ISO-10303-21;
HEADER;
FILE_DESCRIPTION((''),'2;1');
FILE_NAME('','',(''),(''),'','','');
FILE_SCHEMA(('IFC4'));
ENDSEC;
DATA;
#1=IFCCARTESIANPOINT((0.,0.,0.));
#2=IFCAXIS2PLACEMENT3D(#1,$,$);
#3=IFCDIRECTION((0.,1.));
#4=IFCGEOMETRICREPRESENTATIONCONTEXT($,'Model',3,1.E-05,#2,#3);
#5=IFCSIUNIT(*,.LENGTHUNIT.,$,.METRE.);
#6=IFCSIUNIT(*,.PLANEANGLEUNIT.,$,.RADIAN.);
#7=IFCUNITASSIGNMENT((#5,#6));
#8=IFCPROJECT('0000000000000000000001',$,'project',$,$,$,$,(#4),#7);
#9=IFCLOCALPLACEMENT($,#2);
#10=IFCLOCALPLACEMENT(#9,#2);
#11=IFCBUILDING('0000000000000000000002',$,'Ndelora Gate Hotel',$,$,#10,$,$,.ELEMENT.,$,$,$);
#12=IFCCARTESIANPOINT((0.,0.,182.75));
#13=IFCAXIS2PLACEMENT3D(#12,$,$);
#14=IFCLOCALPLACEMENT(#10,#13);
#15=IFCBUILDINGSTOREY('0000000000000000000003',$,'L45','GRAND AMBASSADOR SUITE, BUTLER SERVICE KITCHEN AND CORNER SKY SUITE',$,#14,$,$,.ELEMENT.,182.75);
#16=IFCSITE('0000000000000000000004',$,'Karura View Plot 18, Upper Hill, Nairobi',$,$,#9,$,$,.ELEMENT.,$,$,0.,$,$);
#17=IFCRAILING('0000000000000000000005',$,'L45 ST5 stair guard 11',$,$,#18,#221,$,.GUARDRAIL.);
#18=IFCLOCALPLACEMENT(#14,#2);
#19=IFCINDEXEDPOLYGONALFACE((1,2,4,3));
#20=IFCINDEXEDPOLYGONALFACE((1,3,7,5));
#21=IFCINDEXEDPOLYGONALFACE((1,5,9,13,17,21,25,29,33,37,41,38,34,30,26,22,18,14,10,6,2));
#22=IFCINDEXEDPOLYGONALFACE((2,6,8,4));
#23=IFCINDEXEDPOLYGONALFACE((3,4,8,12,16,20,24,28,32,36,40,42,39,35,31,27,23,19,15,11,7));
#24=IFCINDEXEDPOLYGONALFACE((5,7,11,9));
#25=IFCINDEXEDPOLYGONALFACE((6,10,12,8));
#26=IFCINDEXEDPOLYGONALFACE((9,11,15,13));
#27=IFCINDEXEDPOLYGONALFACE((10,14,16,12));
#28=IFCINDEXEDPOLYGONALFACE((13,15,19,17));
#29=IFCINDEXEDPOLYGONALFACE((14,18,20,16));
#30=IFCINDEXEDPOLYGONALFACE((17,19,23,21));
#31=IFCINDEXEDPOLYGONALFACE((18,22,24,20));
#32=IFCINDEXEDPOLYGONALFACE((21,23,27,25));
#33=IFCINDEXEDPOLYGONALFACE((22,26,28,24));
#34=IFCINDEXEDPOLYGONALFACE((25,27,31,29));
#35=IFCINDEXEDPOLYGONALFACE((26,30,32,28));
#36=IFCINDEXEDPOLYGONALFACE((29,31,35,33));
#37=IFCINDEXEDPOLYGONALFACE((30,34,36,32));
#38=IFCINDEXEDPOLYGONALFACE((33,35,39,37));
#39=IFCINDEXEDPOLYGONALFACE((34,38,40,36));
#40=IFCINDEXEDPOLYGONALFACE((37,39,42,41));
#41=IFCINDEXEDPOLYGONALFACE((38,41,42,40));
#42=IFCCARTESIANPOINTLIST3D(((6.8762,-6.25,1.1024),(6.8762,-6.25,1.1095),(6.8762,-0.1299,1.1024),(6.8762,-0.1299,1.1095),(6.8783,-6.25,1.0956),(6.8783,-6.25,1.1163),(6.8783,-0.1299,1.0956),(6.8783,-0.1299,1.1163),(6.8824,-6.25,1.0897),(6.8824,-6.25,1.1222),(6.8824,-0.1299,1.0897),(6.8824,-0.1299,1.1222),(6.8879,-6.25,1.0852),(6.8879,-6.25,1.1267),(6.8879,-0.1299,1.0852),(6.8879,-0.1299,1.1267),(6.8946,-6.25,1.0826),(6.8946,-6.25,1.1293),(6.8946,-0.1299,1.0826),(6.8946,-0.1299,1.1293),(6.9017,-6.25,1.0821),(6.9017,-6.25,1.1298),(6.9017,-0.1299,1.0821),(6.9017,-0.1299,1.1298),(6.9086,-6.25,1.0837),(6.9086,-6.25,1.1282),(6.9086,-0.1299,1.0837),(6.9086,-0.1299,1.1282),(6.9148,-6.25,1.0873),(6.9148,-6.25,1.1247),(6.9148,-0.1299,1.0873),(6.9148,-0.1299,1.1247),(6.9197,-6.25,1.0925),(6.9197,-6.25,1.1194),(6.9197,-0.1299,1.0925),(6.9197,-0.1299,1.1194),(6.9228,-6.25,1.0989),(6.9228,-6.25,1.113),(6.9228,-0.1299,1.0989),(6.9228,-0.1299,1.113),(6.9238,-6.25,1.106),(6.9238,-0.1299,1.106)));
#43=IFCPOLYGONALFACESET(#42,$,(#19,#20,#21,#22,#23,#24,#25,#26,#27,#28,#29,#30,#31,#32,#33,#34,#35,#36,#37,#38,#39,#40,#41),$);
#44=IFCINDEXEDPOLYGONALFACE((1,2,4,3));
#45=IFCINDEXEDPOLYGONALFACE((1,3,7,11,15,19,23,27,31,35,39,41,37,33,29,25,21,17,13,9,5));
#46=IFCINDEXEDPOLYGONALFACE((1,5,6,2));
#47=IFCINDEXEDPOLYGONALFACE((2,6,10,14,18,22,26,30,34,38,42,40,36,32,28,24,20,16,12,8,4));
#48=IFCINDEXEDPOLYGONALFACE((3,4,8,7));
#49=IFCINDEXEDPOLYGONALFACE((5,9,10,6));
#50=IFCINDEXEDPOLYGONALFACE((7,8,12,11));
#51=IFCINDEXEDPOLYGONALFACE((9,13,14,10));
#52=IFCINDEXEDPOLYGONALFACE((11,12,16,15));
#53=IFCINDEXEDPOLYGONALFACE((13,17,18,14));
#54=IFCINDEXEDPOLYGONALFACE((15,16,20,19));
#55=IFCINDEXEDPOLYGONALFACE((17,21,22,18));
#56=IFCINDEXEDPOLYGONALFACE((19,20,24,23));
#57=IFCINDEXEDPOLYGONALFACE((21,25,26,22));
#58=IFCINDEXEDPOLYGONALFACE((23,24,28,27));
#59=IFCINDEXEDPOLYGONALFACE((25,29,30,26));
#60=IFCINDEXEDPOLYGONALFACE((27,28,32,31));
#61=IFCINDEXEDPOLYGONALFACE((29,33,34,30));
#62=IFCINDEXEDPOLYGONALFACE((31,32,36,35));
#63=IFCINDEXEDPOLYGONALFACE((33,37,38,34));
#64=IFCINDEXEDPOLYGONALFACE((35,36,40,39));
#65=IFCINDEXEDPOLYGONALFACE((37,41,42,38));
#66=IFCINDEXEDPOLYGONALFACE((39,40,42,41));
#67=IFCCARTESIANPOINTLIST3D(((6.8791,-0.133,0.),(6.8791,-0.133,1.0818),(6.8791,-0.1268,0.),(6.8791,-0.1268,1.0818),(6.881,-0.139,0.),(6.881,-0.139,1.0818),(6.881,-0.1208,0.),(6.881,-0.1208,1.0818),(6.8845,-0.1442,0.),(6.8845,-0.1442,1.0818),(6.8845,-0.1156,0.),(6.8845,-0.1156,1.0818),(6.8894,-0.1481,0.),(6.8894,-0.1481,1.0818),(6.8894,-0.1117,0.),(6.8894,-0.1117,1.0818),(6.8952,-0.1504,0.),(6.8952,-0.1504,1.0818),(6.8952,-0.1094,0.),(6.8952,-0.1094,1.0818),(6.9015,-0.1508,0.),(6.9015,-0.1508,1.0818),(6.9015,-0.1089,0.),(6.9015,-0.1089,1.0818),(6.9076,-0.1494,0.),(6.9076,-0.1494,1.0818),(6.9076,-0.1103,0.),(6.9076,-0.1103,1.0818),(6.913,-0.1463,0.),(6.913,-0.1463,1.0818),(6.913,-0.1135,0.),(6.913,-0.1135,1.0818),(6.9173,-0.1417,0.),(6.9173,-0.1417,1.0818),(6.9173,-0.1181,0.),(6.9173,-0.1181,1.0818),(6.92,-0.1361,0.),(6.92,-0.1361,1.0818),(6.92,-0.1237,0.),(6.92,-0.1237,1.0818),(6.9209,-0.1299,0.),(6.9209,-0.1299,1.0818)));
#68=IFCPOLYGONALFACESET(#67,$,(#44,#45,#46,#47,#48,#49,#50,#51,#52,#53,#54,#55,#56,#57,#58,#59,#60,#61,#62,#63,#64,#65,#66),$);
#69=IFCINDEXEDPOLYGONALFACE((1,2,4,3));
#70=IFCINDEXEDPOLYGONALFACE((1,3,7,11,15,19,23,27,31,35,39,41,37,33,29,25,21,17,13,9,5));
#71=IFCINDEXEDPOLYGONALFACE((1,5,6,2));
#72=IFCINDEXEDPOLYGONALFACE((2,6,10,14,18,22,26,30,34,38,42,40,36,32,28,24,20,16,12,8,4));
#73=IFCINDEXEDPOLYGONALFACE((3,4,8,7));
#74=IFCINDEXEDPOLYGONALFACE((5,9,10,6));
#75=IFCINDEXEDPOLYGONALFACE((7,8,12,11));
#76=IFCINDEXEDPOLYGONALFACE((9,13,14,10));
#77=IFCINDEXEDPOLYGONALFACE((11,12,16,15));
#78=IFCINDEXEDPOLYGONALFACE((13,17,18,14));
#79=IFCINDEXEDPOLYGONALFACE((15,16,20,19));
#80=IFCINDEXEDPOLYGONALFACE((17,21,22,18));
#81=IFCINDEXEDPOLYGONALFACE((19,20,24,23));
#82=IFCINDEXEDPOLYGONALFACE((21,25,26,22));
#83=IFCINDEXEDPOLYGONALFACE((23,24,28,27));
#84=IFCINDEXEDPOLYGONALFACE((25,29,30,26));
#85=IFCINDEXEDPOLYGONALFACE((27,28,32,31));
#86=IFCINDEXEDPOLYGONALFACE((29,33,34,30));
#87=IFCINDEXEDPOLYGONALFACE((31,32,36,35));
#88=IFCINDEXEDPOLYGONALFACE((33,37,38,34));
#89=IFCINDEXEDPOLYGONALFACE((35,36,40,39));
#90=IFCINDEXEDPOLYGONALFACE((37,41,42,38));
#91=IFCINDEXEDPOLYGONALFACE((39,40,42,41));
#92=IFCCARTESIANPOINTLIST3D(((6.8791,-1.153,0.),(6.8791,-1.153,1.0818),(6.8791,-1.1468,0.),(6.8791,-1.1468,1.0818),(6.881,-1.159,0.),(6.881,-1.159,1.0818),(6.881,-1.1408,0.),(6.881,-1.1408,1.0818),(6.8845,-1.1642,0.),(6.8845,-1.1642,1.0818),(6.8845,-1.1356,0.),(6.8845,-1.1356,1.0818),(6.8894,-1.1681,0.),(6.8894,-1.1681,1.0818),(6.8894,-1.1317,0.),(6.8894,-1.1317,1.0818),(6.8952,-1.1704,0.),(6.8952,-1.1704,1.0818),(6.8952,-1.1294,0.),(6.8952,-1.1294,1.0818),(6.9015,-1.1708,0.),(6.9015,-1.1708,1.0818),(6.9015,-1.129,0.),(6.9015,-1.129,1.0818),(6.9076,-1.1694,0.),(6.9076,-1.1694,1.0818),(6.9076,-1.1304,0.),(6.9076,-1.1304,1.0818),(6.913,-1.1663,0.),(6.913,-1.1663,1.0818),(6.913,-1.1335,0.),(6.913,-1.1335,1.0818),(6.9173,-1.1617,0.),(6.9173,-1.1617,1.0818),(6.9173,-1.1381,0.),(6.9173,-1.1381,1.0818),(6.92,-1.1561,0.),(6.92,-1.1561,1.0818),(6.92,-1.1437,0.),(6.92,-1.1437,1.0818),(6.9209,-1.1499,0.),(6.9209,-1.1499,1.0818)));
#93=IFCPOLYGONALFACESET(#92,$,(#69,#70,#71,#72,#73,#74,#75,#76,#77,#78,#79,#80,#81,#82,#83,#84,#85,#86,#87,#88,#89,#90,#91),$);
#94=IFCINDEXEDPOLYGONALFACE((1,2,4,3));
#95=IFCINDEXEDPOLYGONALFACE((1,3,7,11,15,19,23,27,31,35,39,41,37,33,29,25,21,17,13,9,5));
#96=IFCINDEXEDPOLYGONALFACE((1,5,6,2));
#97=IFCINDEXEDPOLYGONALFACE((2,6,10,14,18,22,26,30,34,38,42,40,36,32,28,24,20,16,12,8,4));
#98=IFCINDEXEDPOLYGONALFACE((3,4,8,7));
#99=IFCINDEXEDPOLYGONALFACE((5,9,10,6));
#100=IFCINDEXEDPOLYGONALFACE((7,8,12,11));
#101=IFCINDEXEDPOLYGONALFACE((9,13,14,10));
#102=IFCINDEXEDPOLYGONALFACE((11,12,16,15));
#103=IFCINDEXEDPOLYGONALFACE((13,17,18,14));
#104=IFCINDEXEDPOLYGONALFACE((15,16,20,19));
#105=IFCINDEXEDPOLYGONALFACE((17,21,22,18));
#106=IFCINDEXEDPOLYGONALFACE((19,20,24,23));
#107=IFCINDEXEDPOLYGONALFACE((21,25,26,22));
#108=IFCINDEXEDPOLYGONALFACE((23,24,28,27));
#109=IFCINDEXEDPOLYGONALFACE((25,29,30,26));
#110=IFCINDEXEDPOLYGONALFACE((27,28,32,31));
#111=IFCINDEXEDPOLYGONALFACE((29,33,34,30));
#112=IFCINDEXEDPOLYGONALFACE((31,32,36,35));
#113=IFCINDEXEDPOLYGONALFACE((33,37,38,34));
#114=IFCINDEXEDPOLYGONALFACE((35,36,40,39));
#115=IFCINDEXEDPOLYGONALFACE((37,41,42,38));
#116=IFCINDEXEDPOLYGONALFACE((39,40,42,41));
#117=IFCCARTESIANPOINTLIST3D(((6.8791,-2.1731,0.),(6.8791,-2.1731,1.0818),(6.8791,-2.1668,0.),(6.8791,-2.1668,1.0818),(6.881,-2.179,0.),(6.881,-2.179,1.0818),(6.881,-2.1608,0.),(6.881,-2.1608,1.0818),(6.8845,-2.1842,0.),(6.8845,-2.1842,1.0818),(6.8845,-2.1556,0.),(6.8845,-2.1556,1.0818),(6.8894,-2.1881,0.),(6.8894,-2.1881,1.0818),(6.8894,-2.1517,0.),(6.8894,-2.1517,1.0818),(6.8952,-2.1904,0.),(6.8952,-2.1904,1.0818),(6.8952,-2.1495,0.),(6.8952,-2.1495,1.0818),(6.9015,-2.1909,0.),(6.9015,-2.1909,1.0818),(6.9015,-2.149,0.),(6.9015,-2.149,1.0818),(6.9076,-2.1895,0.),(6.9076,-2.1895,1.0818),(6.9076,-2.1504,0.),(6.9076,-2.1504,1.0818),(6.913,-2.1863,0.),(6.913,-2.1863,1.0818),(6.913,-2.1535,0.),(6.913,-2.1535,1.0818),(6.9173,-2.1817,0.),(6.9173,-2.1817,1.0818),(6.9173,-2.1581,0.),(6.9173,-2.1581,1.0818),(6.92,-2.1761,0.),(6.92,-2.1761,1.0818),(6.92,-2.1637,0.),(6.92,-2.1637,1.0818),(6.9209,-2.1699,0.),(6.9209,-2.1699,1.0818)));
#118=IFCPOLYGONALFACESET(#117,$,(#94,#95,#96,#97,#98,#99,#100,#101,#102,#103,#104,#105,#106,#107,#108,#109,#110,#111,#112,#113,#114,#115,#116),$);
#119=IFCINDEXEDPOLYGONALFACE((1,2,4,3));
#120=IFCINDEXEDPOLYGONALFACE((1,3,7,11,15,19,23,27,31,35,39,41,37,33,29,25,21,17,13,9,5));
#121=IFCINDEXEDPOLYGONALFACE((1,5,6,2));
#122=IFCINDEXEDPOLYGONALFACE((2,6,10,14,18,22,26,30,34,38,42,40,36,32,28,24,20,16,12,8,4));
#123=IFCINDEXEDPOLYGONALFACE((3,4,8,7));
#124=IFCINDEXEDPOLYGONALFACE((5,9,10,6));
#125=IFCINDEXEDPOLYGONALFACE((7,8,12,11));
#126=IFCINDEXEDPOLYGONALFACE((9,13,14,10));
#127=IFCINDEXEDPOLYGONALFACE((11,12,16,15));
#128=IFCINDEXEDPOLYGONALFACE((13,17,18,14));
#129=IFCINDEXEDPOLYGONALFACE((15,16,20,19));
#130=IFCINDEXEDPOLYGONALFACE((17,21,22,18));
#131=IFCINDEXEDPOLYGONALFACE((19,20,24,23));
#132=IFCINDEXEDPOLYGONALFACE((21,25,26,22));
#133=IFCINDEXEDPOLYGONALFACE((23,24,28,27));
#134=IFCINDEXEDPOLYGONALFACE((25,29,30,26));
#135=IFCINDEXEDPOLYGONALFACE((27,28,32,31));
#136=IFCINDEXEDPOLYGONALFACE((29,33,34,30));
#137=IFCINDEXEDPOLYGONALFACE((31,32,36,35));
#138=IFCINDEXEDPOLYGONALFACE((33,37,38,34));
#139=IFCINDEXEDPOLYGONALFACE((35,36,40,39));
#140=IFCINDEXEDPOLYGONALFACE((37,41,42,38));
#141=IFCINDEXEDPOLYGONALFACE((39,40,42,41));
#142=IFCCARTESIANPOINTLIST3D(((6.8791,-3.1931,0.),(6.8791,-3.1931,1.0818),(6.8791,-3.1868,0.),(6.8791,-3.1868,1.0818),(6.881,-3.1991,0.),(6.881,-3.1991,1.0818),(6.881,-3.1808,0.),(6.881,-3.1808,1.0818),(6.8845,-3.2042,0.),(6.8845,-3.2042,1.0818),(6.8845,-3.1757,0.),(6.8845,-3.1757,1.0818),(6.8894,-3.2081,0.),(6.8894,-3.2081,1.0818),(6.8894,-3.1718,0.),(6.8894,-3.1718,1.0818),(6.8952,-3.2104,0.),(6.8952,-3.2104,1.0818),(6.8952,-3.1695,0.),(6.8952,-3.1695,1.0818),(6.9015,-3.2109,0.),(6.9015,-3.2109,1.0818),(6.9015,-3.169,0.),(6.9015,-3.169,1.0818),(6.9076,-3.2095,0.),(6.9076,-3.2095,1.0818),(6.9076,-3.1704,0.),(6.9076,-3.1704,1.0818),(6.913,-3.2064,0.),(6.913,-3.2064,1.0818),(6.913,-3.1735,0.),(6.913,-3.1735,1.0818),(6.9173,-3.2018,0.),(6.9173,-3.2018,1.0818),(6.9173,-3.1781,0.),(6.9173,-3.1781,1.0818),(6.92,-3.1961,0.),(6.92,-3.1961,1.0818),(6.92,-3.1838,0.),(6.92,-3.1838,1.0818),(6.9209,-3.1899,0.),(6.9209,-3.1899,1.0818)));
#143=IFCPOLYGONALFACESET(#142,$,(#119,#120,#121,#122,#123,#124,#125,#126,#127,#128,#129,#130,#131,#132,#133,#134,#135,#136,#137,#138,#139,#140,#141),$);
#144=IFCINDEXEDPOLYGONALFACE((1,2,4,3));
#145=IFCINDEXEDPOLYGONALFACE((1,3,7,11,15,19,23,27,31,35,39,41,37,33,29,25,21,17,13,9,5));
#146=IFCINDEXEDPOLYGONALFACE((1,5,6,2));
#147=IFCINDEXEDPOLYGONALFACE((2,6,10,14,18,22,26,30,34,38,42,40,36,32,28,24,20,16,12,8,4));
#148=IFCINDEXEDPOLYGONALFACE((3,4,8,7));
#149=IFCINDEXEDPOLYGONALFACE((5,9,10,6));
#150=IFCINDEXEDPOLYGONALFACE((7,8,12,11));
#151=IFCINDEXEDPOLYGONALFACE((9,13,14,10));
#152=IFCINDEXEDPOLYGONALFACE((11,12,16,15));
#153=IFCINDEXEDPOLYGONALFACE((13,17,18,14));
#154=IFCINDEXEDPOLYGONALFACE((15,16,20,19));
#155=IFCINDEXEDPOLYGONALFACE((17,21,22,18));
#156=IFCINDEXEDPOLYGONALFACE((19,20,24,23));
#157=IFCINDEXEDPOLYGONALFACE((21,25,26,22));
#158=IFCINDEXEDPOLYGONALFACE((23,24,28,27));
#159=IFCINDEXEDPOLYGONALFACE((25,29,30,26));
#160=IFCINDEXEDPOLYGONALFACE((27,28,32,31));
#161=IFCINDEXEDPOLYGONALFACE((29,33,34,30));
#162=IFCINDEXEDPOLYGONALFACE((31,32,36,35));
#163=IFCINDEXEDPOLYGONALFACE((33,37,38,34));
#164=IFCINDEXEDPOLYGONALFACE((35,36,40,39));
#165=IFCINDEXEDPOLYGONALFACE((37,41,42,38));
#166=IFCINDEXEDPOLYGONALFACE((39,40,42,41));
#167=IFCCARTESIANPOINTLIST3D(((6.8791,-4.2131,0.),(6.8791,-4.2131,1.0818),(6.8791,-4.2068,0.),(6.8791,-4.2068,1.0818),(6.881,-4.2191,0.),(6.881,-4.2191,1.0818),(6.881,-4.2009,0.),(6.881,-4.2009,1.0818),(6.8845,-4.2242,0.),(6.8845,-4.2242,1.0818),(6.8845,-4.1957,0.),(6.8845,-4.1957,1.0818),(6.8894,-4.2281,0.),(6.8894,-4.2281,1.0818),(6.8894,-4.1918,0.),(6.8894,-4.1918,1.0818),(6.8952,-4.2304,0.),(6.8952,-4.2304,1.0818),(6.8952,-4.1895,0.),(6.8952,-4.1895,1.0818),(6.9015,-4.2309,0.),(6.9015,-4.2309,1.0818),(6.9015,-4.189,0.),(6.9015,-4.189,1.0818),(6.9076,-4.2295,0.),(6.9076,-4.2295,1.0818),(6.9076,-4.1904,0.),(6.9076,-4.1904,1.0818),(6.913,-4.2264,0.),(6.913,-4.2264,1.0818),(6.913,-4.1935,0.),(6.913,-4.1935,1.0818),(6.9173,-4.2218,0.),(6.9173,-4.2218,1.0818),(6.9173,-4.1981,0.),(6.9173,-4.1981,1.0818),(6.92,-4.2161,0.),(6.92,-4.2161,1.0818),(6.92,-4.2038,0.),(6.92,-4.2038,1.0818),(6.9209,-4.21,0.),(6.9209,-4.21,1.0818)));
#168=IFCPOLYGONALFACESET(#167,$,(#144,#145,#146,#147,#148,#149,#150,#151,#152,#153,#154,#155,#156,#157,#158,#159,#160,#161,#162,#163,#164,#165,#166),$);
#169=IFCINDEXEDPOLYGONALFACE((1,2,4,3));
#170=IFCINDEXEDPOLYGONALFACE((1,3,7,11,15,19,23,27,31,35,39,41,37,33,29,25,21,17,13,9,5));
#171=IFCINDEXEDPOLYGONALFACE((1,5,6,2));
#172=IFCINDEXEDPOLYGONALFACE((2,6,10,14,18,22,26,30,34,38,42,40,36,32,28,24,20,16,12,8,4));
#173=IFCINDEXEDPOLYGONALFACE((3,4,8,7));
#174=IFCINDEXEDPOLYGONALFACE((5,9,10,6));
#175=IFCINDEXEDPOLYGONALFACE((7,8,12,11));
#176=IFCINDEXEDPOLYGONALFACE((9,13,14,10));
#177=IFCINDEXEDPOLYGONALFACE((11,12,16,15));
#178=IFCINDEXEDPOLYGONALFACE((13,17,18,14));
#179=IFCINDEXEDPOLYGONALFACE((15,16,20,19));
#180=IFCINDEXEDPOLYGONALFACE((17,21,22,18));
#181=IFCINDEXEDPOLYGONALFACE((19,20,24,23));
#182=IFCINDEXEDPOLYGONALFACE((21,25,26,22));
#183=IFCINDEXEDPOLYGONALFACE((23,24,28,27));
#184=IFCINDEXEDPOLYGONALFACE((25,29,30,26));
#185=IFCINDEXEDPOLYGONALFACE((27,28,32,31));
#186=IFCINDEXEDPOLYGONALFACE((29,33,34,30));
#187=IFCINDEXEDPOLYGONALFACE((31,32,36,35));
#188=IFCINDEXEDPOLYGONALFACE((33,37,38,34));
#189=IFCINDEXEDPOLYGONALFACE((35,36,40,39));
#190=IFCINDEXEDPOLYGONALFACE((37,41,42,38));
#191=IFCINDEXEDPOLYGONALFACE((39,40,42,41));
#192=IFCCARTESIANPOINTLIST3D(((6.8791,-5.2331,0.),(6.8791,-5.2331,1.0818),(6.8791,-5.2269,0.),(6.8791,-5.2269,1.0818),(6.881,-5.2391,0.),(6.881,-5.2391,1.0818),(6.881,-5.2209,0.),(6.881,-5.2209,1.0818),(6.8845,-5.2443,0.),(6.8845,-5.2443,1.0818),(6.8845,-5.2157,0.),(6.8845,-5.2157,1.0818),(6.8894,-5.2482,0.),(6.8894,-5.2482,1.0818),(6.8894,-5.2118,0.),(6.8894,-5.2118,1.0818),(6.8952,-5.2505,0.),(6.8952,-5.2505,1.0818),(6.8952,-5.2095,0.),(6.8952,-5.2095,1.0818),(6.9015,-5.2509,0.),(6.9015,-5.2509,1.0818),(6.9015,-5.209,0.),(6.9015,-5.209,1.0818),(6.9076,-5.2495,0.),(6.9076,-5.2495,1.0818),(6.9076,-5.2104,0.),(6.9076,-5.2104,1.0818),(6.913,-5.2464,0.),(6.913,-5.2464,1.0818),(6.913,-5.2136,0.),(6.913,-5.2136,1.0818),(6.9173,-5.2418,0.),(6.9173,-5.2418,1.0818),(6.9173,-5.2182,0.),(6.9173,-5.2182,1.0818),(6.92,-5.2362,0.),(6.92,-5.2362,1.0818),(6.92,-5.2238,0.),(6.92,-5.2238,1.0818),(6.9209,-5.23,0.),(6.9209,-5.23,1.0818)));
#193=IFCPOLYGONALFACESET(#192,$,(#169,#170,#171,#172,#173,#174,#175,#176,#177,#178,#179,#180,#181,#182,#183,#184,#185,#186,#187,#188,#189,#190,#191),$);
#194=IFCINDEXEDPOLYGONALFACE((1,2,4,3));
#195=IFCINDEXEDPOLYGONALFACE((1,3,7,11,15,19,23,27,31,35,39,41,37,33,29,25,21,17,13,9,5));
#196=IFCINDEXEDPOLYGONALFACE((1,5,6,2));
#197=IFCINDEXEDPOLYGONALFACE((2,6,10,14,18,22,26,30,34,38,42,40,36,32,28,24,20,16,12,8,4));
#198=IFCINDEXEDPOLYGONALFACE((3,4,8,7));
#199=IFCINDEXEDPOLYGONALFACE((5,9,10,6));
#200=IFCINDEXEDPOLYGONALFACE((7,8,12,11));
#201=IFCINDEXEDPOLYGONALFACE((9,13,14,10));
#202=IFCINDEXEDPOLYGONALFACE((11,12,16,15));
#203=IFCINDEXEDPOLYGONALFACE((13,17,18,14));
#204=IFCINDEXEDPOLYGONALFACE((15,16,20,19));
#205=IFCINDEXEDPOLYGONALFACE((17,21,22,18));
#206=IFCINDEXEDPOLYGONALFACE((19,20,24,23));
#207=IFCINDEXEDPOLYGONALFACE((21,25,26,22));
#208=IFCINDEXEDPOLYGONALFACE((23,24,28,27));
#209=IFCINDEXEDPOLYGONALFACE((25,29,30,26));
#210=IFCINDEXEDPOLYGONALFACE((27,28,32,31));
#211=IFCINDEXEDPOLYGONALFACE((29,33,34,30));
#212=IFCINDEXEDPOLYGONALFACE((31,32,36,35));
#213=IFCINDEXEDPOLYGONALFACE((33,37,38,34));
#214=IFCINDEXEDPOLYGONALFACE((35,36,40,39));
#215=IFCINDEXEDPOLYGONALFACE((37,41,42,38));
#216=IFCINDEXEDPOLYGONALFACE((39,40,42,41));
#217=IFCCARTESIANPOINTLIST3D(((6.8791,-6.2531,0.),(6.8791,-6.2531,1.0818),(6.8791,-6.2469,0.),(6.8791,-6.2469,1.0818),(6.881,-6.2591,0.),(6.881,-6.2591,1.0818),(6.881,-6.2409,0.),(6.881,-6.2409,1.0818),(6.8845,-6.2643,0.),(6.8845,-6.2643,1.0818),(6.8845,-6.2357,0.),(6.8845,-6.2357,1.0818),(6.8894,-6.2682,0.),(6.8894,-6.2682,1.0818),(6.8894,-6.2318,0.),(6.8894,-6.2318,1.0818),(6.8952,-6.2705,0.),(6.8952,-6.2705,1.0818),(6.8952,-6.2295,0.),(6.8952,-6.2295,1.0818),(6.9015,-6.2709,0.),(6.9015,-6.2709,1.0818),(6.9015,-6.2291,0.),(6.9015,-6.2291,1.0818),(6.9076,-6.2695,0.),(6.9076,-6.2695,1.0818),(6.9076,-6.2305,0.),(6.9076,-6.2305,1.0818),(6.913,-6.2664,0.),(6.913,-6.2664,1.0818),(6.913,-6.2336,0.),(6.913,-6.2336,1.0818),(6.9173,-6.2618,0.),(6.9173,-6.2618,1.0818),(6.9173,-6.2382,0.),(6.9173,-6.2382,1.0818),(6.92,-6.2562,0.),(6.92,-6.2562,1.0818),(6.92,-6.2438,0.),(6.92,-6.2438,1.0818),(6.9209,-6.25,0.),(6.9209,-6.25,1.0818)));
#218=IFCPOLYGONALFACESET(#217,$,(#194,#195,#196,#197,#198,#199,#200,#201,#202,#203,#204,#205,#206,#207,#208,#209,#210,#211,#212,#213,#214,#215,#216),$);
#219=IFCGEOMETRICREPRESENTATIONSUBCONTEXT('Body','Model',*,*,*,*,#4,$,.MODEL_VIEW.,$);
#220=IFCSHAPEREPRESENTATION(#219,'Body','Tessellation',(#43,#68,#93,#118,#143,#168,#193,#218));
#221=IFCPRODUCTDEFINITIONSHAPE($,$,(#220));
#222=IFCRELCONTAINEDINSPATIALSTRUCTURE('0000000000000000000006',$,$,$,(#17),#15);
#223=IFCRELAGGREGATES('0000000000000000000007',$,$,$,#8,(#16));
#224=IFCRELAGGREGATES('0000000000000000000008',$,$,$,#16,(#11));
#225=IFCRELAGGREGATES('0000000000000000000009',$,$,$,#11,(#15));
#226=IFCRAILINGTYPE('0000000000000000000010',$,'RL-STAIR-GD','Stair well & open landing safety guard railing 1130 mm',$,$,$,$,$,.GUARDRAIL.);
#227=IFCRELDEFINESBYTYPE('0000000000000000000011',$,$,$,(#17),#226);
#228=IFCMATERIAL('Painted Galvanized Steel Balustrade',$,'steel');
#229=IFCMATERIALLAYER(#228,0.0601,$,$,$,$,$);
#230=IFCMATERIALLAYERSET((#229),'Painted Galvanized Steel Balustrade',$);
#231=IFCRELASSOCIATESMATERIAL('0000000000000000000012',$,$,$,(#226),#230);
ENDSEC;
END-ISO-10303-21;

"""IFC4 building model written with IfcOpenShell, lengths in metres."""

from ifc_helpers import new_model, si_unit, direction, frame, origin, origin_2d, place, context, subcontext, project, spatial, circle, extrude, material, layer, layer_set, type_object, element, save


model = new_model("IFC4")

# Units and contexts
model_context = context("Model", 3, precision=1e-05, world=origin(), true_north=direction((0.0, 1.0)))
body_context = subcontext(model_context, "Body", "Model", "MODEL_VIEW")
ifc_project = project(units=[si_unit("LENGTHUNIT", "METRE"), si_unit("PLANEANGLEUNIT", "RADIAN")], contexts=[model_context])

# Site, building, storey
site_placement = place(None, origin())
site = spatial("IfcSite", under=ifc_project, at=site_placement, Name="Karura View Plot 18, Upper Hill, Nairobi", CompositionType="ELEMENT", RefElevation=0.0)
building_placement = place(site_placement, origin())
building = spatial("IfcBuilding", under=site, at=building_placement, Name="Ndelora Gate Hotel", CompositionType="ELEMENT")
storey_placement = place(building_placement, frame((0.0, 0.0, 182.75)))
storey = spatial("IfcBuildingStorey", under=building, at=storey_placement, Name="L45", Description="GRAND AMBASSADOR SUITE, BUTLER SERVICE KITCHEN AND CORNER SKY SUITE", CompositionType="ELEMENT", Elevation=182.75)

# Railing
ifc_material_1 = material(Name="Painted Galvanized Steel Balustrade", Category="steel")
ifc_layer_1 = layer(ifc_material_1, 0.0601)
ifc_layer_set_1 = layer_set([ifc_layer_1], Name="Painted Galvanized Steel Balustrade")
railing_type_1 = type_object("IfcRailingType", Name="RL-STAIR-GD", Description="Stair well & open landing safety guard railing 1130 mm", PredefinedType="GUARDRAIL", material=ifc_layer_set_1)
railing_1_placement = place(storey_placement, frame((6.8999, -0.1299, 0.0)))
element("IfcRailing", 1, at=railing_1_placement, inside=storey, type_object=railing_type_1, Name="L45 ST5 stair guard 11", PredefinedType="GUARDRAIL", context=body_context, shape_type="SweptSolid", body=[
    extrude(circle(Radius=0.0239, at=origin_2d()), frame((0.0, 0.0, 1.106), z_axis=(0.0, -1.0, 0.0), x_axis=(1.0, 0.0, 0.0)), (0.0, 0.0, 1.0), 6.1201),
    extrude(circle(Radius=0.021, at=origin_2d()), origin(), (0.0, 0.0, 1.0), 1.0818),
    extrude(circle(Radius=0.021, at=origin_2d()), frame((0.0, -1.02, 0.0)), (0.0, 0.0, 1.0), 1.0818),
    extrude(circle(Radius=0.021, at=origin_2d()), frame((0.0, -2.04, 0.0)), (0.0, 0.0, 1.0), 1.0818),
    extrude(circle(Radius=0.021, at=origin_2d()), frame((0.0, -3.0601, 0.0)), (0.0, 0.0, 1.0), 1.0818),
    extrude(circle(Radius=0.021, at=origin_2d()), frame((0.0, -4.0801, 0.0)), (0.0, 0.0, 1.0), 1.0818),
    extrude(circle(Radius=0.021, at=origin_2d()), frame((0.0, -5.1001, 0.0)), (0.0, 0.0, 1.0), 1.0818),
    extrude(circle(Radius=0.021, at=origin_2d()), frame((0.0, -6.1201, 0.0)), (0.0, 0.0, 1.0), 1.0818),
])

save(model, "model.ifc")
